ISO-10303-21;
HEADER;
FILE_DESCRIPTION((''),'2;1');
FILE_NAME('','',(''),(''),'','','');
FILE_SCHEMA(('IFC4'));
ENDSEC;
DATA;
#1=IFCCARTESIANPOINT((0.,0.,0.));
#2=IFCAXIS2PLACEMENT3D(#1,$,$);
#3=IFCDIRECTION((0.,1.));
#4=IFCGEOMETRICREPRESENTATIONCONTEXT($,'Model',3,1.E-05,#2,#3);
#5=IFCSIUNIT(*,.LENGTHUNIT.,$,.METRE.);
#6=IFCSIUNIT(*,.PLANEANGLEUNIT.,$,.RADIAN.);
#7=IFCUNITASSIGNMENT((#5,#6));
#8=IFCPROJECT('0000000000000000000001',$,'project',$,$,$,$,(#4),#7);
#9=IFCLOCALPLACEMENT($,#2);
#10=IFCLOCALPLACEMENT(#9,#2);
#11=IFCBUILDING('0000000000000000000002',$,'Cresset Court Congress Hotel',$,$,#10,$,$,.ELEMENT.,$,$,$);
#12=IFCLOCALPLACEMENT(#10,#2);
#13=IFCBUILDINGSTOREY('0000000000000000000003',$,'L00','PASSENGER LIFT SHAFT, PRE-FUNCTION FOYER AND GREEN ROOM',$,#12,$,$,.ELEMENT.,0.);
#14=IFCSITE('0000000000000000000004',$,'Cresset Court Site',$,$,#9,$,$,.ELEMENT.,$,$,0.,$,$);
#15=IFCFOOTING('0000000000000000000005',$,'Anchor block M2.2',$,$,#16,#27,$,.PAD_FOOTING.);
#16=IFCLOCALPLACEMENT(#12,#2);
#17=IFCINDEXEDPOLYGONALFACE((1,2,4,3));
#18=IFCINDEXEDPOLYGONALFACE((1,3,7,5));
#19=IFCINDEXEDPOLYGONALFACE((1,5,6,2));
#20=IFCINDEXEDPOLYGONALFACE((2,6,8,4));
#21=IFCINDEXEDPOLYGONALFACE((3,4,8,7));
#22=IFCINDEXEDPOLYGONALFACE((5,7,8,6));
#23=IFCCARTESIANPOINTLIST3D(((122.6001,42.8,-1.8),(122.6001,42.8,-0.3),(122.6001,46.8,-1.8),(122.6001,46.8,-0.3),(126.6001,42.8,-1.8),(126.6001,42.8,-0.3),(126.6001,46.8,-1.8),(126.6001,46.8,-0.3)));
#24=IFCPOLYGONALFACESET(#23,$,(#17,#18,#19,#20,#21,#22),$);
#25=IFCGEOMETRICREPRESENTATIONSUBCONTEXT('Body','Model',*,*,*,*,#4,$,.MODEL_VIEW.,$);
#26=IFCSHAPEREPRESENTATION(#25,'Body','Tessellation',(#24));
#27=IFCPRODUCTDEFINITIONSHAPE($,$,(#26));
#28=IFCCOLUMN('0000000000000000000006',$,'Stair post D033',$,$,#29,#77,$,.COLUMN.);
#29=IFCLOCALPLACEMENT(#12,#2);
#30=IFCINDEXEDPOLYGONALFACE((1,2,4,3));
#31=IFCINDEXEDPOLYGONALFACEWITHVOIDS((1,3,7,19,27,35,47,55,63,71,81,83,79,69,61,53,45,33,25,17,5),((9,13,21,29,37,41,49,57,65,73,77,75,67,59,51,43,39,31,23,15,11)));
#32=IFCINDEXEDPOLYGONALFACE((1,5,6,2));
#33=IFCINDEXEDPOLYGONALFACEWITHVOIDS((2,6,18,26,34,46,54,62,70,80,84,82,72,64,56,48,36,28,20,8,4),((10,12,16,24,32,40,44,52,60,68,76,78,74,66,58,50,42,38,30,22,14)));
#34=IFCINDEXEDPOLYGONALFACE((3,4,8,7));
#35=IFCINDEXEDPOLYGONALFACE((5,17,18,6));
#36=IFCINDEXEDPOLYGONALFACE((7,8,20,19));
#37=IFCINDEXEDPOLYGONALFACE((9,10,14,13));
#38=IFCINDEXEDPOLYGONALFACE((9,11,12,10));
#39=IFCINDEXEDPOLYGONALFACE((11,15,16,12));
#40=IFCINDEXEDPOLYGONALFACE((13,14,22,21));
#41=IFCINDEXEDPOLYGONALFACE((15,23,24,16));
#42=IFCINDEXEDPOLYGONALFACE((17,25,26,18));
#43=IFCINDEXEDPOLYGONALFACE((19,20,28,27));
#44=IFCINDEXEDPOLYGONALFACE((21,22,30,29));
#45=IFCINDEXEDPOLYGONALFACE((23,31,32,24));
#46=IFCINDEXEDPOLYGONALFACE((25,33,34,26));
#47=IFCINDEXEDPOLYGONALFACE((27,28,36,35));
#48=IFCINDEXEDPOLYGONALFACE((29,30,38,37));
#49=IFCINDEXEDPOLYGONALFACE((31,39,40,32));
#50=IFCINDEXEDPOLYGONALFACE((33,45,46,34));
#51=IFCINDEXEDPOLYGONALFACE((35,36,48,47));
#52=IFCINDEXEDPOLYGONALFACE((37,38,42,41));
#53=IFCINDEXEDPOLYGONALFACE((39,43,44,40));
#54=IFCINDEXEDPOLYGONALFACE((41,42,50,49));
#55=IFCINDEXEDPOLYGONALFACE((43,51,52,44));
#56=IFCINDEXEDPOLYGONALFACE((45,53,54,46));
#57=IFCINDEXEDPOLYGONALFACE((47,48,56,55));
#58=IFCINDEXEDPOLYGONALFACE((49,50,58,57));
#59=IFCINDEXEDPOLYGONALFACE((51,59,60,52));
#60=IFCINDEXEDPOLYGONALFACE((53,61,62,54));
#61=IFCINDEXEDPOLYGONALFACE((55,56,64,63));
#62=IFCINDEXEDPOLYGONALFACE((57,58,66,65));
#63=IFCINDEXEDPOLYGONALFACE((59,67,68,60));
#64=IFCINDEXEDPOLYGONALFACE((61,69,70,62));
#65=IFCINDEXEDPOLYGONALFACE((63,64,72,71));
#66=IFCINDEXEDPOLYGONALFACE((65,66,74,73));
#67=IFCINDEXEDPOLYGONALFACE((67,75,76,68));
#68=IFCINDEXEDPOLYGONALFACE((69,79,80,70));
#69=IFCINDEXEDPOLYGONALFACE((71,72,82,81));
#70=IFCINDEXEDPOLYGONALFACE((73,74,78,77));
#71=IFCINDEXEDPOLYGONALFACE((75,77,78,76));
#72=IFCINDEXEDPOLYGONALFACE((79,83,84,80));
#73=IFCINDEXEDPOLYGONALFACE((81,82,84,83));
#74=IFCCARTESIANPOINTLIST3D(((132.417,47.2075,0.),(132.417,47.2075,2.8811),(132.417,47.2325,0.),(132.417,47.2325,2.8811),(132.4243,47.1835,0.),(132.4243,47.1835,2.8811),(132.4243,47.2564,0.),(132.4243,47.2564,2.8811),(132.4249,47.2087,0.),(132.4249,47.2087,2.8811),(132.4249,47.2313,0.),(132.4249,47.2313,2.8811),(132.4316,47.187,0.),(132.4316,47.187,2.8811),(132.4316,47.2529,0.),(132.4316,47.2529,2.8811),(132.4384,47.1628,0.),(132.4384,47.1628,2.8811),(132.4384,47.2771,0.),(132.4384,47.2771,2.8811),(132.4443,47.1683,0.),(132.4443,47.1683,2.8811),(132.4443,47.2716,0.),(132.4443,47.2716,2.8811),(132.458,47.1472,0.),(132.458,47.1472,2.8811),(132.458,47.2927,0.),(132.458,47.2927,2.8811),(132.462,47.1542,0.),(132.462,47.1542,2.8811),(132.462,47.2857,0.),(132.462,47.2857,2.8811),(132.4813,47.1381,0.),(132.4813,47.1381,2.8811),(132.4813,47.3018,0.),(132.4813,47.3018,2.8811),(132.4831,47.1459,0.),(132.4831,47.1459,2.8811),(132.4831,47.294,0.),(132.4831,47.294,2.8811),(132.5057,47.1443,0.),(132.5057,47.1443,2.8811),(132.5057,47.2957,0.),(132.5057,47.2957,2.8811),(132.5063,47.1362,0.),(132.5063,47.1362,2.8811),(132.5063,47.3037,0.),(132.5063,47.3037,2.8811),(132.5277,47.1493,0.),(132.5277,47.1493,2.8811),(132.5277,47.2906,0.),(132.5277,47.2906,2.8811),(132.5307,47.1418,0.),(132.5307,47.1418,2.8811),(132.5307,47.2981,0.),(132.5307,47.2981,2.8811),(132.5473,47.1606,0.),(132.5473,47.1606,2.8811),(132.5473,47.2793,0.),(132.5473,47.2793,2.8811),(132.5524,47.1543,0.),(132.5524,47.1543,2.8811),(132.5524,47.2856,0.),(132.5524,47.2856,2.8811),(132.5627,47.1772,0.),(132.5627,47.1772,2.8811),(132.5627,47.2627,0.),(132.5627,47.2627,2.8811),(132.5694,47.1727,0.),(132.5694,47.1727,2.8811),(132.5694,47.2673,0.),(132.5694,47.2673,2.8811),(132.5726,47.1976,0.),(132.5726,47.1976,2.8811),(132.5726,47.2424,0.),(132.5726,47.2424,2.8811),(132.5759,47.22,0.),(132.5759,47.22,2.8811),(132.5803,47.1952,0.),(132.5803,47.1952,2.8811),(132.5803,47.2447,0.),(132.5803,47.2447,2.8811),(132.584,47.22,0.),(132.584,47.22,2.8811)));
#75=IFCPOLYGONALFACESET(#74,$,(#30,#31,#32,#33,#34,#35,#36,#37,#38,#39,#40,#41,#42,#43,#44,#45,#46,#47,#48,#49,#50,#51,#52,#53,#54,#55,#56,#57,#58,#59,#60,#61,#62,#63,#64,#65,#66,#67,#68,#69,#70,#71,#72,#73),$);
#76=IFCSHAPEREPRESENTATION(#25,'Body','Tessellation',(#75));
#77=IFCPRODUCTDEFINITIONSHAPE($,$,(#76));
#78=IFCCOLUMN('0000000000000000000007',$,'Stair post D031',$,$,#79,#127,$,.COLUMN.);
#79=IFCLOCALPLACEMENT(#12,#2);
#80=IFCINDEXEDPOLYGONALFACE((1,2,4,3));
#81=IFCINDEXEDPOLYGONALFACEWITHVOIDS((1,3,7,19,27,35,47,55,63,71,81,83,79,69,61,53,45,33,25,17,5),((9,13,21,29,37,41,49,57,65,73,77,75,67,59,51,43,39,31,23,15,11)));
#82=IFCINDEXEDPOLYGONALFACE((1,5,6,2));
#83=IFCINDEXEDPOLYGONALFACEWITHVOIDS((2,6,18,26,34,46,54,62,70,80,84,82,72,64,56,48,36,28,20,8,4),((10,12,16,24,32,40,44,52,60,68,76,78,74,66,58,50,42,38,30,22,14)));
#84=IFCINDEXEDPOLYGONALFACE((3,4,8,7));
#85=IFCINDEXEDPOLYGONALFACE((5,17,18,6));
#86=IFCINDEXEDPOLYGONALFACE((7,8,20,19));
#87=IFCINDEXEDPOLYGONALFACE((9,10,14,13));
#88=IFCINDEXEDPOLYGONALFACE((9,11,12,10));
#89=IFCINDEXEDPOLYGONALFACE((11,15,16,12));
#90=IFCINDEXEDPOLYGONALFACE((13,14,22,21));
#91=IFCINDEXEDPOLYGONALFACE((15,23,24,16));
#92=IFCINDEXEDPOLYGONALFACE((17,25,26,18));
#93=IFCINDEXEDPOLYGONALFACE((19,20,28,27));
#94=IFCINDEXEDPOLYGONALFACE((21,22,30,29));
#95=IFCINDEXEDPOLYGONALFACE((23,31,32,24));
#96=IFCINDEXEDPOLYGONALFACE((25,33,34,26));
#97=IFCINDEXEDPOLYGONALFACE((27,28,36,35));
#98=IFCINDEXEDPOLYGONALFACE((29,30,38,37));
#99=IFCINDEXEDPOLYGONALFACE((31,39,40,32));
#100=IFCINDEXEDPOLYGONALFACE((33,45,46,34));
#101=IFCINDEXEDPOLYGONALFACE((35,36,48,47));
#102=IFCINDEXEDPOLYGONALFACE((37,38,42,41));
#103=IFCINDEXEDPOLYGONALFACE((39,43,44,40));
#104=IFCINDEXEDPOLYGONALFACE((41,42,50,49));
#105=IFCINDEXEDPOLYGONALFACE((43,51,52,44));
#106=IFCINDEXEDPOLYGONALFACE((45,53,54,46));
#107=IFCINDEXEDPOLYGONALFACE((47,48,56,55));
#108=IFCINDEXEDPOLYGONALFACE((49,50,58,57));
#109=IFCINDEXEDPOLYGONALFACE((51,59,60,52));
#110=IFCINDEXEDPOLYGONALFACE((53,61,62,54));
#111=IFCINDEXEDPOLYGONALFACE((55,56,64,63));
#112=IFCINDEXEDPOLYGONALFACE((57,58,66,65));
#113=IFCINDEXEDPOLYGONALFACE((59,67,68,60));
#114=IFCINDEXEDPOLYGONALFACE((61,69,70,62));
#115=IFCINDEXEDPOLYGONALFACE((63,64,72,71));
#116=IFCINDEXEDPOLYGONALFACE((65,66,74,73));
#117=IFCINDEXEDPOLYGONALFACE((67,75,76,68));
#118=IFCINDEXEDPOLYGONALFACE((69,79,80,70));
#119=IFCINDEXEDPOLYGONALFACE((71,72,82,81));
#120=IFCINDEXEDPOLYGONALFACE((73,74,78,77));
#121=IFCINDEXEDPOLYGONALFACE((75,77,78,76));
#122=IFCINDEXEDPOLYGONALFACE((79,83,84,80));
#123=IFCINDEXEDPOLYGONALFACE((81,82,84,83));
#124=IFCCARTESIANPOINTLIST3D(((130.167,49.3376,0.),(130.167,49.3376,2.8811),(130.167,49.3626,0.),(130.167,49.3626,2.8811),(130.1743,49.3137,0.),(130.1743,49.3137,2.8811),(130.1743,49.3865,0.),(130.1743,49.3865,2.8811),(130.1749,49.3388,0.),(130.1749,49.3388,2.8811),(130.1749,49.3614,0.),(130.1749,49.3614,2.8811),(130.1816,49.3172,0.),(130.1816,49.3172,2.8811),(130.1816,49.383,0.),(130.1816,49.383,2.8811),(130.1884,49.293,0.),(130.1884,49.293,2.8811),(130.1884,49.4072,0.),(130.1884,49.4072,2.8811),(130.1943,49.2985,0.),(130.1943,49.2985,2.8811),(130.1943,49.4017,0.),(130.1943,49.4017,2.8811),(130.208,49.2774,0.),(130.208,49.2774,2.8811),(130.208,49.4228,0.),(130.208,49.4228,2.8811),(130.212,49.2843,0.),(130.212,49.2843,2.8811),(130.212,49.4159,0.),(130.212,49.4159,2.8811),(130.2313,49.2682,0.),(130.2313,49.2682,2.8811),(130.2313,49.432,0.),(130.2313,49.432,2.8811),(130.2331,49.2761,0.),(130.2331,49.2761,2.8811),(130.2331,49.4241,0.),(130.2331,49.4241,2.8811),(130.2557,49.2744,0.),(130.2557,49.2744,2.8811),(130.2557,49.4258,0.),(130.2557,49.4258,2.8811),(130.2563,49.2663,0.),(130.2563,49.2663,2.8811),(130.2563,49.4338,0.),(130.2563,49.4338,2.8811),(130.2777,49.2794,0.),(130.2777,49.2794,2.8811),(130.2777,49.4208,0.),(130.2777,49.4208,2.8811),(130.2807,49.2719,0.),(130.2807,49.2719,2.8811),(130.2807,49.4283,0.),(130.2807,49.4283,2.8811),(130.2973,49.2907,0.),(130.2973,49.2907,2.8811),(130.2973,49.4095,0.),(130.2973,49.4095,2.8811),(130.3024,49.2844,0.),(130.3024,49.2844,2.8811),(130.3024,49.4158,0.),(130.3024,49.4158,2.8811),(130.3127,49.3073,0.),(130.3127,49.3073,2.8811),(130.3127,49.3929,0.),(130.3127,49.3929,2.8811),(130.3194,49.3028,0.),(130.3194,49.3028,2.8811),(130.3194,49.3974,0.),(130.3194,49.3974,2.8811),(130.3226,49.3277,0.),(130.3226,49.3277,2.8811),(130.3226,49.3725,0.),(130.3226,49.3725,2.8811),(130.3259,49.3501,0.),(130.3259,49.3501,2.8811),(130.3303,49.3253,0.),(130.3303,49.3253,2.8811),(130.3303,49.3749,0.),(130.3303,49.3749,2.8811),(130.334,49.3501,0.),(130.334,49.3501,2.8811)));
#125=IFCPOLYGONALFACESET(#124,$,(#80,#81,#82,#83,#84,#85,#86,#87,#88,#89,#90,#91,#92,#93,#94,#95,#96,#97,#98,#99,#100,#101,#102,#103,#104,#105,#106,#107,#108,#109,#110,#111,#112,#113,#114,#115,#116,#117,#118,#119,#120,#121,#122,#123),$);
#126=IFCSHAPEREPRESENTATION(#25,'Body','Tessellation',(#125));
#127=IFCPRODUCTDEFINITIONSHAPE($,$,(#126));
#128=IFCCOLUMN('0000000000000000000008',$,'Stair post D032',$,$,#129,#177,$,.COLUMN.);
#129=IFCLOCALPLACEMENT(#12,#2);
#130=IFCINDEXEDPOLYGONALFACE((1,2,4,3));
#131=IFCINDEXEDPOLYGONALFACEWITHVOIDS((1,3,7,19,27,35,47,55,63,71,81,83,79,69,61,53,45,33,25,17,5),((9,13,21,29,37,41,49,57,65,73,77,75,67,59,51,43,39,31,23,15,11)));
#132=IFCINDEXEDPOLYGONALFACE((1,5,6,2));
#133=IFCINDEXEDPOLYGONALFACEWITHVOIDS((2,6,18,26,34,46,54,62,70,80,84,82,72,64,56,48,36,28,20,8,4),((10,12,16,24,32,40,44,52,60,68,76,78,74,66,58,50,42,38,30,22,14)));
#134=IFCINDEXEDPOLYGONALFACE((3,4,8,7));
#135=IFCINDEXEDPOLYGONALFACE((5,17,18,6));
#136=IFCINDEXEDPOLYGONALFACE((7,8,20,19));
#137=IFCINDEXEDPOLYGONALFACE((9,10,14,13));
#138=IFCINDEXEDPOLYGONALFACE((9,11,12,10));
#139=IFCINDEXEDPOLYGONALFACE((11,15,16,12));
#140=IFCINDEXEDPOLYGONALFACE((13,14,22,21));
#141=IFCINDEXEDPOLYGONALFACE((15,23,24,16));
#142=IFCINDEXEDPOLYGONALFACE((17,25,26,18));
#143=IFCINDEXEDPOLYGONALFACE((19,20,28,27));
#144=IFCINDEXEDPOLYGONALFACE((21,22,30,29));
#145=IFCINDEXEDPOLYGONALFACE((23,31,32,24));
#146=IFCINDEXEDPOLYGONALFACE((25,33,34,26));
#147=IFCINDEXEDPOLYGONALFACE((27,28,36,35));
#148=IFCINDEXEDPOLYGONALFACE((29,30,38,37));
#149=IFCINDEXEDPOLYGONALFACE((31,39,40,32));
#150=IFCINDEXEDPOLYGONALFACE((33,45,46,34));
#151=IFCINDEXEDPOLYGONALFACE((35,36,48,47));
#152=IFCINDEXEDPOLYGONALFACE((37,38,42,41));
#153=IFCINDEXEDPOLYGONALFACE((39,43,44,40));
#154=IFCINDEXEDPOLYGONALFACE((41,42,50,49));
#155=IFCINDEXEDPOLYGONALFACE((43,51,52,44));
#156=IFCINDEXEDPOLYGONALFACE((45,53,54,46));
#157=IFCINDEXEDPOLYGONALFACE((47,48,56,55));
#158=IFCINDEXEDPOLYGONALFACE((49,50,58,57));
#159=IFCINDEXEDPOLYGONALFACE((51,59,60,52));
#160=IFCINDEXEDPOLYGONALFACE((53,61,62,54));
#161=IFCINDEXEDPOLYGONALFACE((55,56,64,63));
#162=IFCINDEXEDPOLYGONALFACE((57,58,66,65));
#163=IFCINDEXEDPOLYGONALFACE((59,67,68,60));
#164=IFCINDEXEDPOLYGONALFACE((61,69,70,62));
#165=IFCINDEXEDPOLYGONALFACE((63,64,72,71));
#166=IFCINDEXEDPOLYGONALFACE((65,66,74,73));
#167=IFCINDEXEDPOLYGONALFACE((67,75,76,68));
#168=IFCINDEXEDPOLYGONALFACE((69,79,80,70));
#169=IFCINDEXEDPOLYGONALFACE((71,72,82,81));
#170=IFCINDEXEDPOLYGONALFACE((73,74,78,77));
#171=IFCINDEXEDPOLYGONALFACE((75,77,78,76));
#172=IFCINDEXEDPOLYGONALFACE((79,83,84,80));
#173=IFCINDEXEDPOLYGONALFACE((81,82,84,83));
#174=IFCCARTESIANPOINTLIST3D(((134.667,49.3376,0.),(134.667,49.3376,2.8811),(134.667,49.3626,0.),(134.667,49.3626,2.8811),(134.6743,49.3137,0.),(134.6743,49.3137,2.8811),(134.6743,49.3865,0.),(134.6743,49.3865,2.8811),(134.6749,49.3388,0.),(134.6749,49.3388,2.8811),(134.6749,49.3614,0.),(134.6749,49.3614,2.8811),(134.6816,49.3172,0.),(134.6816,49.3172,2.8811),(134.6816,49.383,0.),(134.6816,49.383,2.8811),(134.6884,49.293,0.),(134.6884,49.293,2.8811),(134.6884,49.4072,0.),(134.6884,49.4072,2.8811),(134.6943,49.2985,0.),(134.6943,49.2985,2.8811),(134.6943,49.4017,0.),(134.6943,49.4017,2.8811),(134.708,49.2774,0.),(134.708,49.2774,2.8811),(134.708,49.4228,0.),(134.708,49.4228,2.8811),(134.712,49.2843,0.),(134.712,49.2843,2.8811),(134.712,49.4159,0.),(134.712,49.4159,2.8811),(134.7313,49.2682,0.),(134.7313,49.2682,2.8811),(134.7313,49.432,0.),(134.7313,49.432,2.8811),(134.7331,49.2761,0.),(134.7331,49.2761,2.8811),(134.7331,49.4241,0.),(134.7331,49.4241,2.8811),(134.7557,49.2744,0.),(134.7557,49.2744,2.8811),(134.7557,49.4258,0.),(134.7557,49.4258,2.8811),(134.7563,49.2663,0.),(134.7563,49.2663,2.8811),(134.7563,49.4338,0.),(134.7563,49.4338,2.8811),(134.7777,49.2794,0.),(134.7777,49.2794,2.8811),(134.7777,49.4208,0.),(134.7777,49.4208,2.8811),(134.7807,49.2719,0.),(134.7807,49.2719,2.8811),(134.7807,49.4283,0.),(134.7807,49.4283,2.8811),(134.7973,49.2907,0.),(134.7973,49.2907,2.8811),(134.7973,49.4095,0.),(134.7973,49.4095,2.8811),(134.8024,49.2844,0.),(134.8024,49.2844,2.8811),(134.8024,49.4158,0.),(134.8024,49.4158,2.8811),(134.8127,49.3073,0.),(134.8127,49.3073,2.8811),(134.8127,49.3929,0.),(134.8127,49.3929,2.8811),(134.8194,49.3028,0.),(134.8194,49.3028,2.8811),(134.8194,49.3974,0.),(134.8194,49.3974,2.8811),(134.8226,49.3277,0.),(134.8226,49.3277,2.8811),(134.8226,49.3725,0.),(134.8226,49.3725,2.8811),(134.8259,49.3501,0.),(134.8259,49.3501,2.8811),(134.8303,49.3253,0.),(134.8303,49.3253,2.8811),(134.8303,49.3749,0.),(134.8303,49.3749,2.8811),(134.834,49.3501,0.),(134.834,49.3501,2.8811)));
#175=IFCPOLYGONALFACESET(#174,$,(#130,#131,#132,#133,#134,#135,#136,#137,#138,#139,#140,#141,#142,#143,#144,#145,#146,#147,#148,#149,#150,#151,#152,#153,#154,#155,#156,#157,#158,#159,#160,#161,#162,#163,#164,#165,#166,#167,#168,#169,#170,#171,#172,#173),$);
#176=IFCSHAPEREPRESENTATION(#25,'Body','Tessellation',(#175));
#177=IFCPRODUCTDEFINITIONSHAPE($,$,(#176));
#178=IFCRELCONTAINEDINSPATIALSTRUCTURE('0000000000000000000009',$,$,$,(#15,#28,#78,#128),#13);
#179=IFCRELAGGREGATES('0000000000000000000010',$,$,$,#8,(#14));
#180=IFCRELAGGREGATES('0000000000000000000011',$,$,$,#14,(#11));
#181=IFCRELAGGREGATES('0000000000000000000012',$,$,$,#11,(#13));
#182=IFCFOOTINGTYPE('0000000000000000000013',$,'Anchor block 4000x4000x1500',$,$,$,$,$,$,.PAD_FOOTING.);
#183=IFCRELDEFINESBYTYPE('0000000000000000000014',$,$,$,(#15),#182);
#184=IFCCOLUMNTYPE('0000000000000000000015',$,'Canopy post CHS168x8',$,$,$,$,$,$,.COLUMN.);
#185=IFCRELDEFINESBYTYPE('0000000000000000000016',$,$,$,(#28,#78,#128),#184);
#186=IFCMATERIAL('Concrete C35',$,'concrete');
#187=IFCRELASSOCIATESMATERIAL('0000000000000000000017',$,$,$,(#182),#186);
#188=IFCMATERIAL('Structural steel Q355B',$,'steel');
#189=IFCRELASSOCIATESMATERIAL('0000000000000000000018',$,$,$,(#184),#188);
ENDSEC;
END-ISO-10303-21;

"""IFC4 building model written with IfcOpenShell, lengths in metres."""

from ifc_helpers import new_model, si_unit, direction, frame, origin, origin_2d, place, context, subcontext, project, spatial, rectangle, hollow_circle, extrude, material, material_profile, profile_set, type_object, element, save


model = new_model("IFC4")

# Units and contexts
model_context = context("Model", 3, precision=1e-05, world=origin(), true_north=direction((0.0, 1.0)))
body_context = subcontext(model_context, "Body", "Model", "MODEL_VIEW")
ifc_project = project(units=[si_unit("LENGTHUNIT", "METRE"), si_unit("PLANEANGLEUNIT", "RADIAN")], contexts=[model_context])

# Site, building, storey
site_placement = place(None, origin())
site = spatial("IfcSite", under=ifc_project, at=site_placement, Name="Cresset Court Site", CompositionType="ELEMENT", RefElevation=0.0)
building_placement = place(site_placement, origin())
building = spatial("IfcBuilding", under=site, at=building_placement, Name="Cresset Court Congress Hotel", CompositionType="ELEMENT")
storey_placement = place(building_placement, origin())
storey = spatial("IfcBuildingStorey", under=building, at=storey_placement, Name="L00", Description="PASSENGER LIFT SHAFT, PRE-FUNCTION FOYER AND GREEN ROOM", CompositionType="ELEMENT", Elevation=0.0)

# Footing
ifc_material_1 = material(Name="Concrete C35", Category="concrete")
footing_type = type_object("IfcFootingType", Name="Anchor block 4000x4000x1500", PredefinedType="PAD_FOOTING", material=ifc_material_1)
footing_placement = place(storey_placement, frame((124.6001, 44.8, -1.8), z_axis=(0.0, 0.0, 1.0), x_axis=(1.0, 0.0, 0.0)))
element("IfcFooting", 1, at=footing_placement, inside=storey, type_object=footing_type, Name="Anchor block M2.2", PredefinedType="PAD_FOOTING", context=body_context, shape_type="SweptSolid", body=[
    extrude(rectangle(XDim=4.0, YDim=4.0, at=origin_2d()), origin(), (0.0, 0.0, 1.0), 1.5),
])

# Columns
ifc_material_2 = material(Name="Structural steel Q355B", Category="steel")
ifc_material_profile_1 = material_profile(ifc_material_2, hollow_circle(Radius=0.084, WallThickness=0.0081, at=origin_2d()), Name="CHS168x8")
ifc_profile_set_1 = profile_set([ifc_material_profile_1], Name="Structural steel Q355B")
column_type_1 = type_object("IfcColumnType", Name="Canopy post CHS168x8", PredefinedType="COLUMN", material=ifc_profile_set_1)
for number, where, z_axis, x_axis, name in (
    (2, (132.5, 47.22, 0.0), (0.0, 0.0, 1.0), (1.0, 0.0, 0.0), "Stair post D033"),
    (3, (130.25, 49.3501, 0.0), (0.0, 0.0, 1.0), (1.0, 0.0, 0.0), "Stair post D031"),
    (4, (134.75, 49.3501, 0.0), (0.0, 0.0, 1.0), (1.0, 0.0, 0.0), "Stair post D032"),
):
    element("IfcColumn", number, at=place(storey_placement, frame(where, z_axis=z_axis, x_axis=x_axis)), inside=storey, type_object=column_type_1, Name=name, PredefinedType="COLUMN", context=body_context, shape_type="SweptSolid", body=[
        extrude(hollow_circle(Radius=0.084, WallThickness=0.0081, at=origin_2d()), origin(), (0.0, 0.0, 1.0), 2.8811),
    ])

save(model, "model.ifc")
